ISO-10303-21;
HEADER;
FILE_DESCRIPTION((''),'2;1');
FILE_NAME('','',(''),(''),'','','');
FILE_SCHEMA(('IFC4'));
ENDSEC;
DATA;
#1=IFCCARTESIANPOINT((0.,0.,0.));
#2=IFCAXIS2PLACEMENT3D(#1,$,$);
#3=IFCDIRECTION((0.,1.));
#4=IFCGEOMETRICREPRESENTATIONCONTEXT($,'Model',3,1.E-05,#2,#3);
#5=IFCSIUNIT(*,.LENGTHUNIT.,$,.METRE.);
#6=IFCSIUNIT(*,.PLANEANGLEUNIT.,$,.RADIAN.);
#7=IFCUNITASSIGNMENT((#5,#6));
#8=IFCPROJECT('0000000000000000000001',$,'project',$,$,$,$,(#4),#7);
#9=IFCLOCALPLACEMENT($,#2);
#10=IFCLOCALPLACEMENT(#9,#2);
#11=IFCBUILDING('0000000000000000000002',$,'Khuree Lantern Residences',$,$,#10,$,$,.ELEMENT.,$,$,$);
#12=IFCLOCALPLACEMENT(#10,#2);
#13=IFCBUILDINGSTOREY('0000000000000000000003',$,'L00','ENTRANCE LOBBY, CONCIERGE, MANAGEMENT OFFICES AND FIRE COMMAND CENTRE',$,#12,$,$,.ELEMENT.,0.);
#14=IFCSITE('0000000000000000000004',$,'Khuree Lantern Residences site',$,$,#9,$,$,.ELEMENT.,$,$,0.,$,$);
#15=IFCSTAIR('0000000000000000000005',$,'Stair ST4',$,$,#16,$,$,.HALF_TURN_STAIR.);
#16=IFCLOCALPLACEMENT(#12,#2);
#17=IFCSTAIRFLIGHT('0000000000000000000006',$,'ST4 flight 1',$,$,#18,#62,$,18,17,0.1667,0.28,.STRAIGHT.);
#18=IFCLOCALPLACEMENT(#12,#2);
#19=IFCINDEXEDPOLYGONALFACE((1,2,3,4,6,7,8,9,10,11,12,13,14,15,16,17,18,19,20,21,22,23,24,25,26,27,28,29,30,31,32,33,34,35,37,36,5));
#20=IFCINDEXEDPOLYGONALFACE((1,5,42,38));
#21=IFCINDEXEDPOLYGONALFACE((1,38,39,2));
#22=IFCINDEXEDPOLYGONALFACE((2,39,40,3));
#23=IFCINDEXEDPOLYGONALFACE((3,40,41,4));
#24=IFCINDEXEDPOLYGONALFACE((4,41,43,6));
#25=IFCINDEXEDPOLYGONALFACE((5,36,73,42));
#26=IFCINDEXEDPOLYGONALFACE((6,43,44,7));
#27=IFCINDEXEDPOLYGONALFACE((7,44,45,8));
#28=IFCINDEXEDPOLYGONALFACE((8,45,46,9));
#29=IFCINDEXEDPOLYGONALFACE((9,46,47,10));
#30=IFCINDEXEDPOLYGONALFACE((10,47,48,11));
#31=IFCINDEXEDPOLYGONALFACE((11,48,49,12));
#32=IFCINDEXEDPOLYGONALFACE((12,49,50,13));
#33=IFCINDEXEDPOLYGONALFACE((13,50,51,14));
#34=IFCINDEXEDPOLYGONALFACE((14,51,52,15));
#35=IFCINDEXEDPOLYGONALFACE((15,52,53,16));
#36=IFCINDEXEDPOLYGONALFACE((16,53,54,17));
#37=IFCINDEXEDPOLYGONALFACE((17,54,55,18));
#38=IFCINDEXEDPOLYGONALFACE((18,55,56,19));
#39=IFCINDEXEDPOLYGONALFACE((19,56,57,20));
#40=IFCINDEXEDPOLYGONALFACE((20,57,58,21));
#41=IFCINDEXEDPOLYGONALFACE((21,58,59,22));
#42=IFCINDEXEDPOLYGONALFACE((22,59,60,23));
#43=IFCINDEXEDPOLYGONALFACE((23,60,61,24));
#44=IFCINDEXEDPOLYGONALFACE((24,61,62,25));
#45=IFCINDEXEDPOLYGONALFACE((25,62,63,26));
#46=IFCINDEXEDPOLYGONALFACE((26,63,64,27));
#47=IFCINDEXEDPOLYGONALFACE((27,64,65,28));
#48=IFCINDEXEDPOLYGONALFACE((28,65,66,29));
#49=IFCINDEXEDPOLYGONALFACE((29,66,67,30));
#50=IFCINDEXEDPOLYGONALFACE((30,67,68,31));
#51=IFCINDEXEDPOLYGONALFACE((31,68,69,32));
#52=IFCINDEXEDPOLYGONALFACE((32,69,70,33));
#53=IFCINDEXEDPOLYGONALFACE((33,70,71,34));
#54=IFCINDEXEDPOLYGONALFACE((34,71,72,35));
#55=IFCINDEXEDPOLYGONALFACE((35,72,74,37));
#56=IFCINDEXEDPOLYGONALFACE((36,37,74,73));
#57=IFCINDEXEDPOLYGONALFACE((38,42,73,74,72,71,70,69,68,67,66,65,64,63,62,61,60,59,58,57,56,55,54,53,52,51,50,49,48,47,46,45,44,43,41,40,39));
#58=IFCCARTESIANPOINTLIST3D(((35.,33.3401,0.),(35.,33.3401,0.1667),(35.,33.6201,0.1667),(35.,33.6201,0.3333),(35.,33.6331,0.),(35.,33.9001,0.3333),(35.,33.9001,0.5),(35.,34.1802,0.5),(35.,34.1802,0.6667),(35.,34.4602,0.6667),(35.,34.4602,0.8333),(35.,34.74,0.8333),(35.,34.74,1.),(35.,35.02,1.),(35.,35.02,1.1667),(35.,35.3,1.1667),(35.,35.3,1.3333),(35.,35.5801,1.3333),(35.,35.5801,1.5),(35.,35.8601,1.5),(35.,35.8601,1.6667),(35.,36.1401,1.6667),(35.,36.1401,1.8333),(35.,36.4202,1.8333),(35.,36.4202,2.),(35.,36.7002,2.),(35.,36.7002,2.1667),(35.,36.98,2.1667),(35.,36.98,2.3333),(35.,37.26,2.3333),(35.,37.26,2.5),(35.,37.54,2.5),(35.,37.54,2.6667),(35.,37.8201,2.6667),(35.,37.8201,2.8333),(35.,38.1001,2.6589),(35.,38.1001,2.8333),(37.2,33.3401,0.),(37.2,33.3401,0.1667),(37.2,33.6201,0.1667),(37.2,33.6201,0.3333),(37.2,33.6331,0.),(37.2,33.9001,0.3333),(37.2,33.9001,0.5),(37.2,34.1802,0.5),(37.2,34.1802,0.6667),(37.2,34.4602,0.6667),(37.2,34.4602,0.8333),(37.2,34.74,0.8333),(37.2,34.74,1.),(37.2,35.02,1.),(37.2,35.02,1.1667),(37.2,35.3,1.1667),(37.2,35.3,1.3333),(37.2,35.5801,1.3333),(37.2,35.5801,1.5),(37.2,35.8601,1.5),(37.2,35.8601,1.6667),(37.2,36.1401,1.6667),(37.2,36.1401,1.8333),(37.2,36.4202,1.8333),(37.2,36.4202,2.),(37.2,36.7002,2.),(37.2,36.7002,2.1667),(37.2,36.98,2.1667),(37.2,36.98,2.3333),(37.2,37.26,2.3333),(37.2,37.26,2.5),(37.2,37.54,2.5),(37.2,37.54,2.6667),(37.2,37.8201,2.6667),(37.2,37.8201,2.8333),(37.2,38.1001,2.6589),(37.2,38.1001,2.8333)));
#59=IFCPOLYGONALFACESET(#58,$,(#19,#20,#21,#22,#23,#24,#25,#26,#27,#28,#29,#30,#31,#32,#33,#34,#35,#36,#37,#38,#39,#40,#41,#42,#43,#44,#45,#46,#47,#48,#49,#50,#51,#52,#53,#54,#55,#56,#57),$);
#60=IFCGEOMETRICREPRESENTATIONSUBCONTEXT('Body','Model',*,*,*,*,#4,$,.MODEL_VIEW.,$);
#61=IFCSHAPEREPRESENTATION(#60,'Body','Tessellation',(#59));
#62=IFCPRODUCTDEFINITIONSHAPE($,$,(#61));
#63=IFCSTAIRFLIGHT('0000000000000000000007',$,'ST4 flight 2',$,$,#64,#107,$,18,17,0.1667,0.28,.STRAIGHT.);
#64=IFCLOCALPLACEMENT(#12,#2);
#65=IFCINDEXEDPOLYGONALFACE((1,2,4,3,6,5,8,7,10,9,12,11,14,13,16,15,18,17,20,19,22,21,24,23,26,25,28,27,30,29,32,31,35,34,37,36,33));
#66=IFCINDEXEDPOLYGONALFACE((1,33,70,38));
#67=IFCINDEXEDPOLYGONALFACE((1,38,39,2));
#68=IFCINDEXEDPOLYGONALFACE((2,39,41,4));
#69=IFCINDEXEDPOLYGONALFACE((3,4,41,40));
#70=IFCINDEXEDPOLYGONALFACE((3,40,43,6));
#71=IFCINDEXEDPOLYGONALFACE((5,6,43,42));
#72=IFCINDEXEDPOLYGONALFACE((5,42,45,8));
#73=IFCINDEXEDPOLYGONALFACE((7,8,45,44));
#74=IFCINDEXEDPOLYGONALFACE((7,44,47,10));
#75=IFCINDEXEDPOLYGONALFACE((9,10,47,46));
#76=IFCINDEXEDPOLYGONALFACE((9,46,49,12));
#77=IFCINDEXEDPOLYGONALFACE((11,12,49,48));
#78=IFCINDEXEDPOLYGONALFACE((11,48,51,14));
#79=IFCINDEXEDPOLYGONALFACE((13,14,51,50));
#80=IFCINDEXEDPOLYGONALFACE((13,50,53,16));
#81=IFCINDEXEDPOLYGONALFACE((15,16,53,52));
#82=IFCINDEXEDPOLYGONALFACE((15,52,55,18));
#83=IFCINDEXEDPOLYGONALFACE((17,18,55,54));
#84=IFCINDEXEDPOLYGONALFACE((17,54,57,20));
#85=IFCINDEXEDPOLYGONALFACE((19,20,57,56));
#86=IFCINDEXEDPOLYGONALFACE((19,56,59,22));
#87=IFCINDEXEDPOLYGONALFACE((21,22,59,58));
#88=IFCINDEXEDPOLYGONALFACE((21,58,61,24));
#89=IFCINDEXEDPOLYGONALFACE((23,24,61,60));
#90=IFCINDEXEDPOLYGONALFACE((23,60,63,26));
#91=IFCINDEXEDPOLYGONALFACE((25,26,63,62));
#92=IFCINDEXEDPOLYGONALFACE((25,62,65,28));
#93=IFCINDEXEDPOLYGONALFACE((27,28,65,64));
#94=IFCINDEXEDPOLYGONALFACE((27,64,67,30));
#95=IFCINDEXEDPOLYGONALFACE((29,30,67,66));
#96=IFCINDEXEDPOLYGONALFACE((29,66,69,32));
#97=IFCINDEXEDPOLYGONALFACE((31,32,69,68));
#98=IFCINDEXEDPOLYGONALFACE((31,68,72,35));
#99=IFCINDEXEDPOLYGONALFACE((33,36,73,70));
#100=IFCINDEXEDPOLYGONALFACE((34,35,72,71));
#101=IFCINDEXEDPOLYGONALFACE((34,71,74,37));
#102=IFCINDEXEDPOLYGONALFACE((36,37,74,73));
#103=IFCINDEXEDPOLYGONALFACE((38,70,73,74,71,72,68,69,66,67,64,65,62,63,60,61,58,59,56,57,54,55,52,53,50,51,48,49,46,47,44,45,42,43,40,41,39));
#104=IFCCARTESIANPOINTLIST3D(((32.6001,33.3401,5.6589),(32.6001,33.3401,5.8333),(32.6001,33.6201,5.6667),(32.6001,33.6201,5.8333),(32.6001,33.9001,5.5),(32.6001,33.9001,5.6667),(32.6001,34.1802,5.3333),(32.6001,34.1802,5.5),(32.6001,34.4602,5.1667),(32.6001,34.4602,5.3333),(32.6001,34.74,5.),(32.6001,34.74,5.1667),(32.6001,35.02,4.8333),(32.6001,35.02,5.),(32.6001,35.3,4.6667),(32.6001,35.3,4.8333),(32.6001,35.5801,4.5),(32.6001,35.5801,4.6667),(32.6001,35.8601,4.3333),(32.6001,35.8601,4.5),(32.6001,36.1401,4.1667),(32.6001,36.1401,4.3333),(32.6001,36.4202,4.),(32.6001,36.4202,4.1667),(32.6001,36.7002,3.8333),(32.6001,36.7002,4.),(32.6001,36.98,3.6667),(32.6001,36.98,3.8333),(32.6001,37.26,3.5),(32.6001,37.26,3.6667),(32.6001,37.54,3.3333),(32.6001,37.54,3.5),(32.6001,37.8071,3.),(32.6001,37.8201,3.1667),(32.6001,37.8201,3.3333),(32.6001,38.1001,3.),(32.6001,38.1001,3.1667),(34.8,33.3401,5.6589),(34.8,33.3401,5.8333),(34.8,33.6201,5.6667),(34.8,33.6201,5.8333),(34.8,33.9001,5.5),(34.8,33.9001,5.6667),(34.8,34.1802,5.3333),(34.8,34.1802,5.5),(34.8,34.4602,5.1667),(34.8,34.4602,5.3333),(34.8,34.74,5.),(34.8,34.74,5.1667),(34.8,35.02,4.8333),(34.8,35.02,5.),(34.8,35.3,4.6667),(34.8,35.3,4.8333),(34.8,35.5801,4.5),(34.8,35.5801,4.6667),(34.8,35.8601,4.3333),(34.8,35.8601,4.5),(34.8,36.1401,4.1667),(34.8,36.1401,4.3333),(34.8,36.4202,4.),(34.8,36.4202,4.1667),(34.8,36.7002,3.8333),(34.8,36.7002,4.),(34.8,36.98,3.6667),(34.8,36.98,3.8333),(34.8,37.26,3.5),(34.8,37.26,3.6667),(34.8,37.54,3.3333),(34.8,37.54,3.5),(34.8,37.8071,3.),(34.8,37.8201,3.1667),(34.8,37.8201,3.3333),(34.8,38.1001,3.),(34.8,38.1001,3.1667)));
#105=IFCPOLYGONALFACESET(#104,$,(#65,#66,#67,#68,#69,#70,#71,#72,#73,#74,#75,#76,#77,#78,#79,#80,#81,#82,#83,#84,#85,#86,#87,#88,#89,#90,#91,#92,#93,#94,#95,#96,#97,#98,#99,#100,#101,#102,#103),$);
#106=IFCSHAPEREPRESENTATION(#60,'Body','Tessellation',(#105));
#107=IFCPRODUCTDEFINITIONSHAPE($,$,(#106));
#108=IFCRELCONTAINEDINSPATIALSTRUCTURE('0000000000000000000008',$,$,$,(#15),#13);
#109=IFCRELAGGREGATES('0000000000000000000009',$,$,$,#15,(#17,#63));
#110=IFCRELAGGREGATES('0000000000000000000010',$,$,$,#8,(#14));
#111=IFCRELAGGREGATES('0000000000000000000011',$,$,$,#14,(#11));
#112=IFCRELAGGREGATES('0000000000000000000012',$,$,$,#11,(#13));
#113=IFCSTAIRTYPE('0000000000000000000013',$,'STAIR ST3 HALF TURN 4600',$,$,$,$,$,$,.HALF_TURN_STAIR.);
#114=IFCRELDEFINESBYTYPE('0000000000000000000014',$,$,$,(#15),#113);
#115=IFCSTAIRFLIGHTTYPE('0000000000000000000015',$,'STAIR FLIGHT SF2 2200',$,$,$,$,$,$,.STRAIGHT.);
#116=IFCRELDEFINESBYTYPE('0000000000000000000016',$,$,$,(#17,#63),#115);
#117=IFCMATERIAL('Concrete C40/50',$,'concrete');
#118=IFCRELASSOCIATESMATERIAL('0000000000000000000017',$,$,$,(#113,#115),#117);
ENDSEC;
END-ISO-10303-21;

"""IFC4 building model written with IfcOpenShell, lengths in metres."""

from ifc_helpers import new_model, si_unit, direction, frame, origin, place, context, subcontext, project, spatial, polyline, outline, extrude, material, type_object, element, aggregate, save


model = new_model("IFC4")

# Units and contexts
model_context = context("Model", 3, precision=1e-05, world=origin(), true_north=direction((0.0, 1.0)))
body_context = subcontext(model_context, "Body", "Model", "MODEL_VIEW")
ifc_project = project(units=[si_unit("LENGTHUNIT", "METRE"), si_unit("PLANEANGLEUNIT", "RADIAN")], contexts=[model_context])

# Site, building, storey
site_placement = place(None, origin())
site = spatial("IfcSite", under=ifc_project, at=site_placement, Name="Khuree Lantern Residences site", CompositionType="ELEMENT", RefElevation=0.0)
building_placement = place(site_placement, origin())
building = spatial("IfcBuilding", under=site, at=building_placement, Name="Khuree Lantern Residences", CompositionType="ELEMENT")
storey_placement = place(building_placement, origin())
storey = spatial("IfcBuildingStorey", under=building, at=storey_placement, Name="L00", Description="ENTRANCE LOBBY, CONCIERGE, MANAGEMENT OFFICES AND FIRE COMMAND CENTRE", CompositionType="ELEMENT", Elevation=0.0)

# Shared definitions
ifc_material_1 = material(Name="Concrete C40/50", Category="concrete")

# Stair, stair flights
stair_type = type_object("IfcStairType", Name="STAIR ST3 HALF TURN 4600", PredefinedType="HALF_TURN_STAIR", material=ifc_material_1)
stair_placement = place(storey_placement, origin())
stair = element("IfcStair", 1, at=stair_placement, inside=storey, type_object=stair_type, Name="Stair ST4", PredefinedType="HALF_TURN_STAIR")
stair_flight_type = type_object("IfcStairFlightType", Name="STAIR FLIGHT SF2 2200", PredefinedType="STRAIGHT", material=ifc_material_1)
stair_flight_1_placement = place(storey_placement, frame((36.1001, 33.3401, 0.0), z_axis=(0.0, 0.0, 1.0), x_axis=(0.0, 1.0, 0.0)))
stair_flight_1 = element("IfcStairFlight", 2, at=stair_flight_1_placement, type_object=stair_flight_type, Name="ST4 flight 1", NumberOfRisers=18, NumberOfTreads=17, PredefinedType="STRAIGHT", RiserHeight=0.1667, TreadLength=0.28, context=body_context, shape_type="SweptSolid", body=[
    extrude(outline(polyline([(0.0, 0.0), (0.0, 0.1667), (0.28, 0.1667), (0.28, 0.3333), (0.5601, 0.3333), (0.5601, 0.5), (0.8401, 0.5), (0.8401, 0.6667), (1.1201, 0.6667), (1.1201, 0.8333), (1.3999, 0.8333), (1.3999, 1.0), (1.6799, 1.0), (1.6799, 1.1667), (1.96, 1.1667), (1.96, 1.3333), (2.24, 1.3333), (2.24, 1.5), (2.52, 1.5), (2.52, 1.6667), (2.8, 1.6667), (2.8, 1.8333), (3.0801, 1.8333), (3.0801, 2.0), (3.3601, 2.0), (3.3601, 2.1667), (3.6399, 2.1667), (3.6399, 2.3333), (3.9199, 2.3333), (3.9199, 2.5), (4.2, 2.5), (4.2, 2.6667), (4.48, 2.6667), (4.48, 2.8333), (4.76, 2.8333), (4.76, 3.0), (4.76, 2.6589), (0.293, 0.0), (0.0, 0.0)])), frame((0.0, 1.1001, 0.0), z_axis=(0.0, -1.0, 0.0), x_axis=(1.0, 0.0, 0.0)), (0.0, 0.0, 1.0), 2.2),
])
stair_flight_2_placement = place(storey_placement, frame((33.7, 38.1001, 3.0), z_axis=(0.0, 0.0, 1.0), x_axis=(0.0, -1.0, 0.0)))
stair_flight_2 = element("IfcStairFlight", 3, at=stair_flight_2_placement, type_object=stair_flight_type, Name="ST4 flight 2", NumberOfRisers=18, NumberOfTreads=17, PredefinedType="STRAIGHT", RiserHeight=0.1667, TreadLength=0.28, context=body_context, shape_type="SweptSolid", body=[
    extrude(outline(polyline([(0.0, 0.0), (0.0, 0.1667), (0.28, 0.1667), (0.28, 0.3333), (0.5601, 0.3333), (0.5601, 0.5), (0.8401, 0.5), (0.8401, 0.6667), (1.1201, 0.6667), (1.1201, 0.8333), (1.3999, 0.8333), (1.3999, 1.0), (1.6799, 1.0), (1.6799, 1.1667), (1.96, 1.1667), (1.96, 1.3333), (2.24, 1.3333), (2.24, 1.5), (2.52, 1.5), (2.52, 1.6667), (2.8, 1.6667), (2.8, 1.8333), (3.0801, 1.8333), (3.0801, 2.0), (3.3601, 2.0), (3.3601, 2.1667), (3.6399, 2.1667), (3.6399, 2.3333), (3.9199, 2.3333), (3.9199, 2.5), (4.2, 2.5), (4.2, 2.6667), (4.48, 2.6667), (4.48, 2.8333), (4.76, 2.8333), (4.76, 3.0), (4.76, 2.6589), (0.293, 0.0), (0.0, 0.0)])), frame((0.0, 1.1001, 0.0), z_axis=(0.0, -1.0, 0.0), x_axis=(1.0, 0.0, 0.0)), (0.0, 0.0, 1.0), 2.2),
])
aggregate(stair, [stair_flight_1, stair_flight_2])

save(model, "model.ifc")
